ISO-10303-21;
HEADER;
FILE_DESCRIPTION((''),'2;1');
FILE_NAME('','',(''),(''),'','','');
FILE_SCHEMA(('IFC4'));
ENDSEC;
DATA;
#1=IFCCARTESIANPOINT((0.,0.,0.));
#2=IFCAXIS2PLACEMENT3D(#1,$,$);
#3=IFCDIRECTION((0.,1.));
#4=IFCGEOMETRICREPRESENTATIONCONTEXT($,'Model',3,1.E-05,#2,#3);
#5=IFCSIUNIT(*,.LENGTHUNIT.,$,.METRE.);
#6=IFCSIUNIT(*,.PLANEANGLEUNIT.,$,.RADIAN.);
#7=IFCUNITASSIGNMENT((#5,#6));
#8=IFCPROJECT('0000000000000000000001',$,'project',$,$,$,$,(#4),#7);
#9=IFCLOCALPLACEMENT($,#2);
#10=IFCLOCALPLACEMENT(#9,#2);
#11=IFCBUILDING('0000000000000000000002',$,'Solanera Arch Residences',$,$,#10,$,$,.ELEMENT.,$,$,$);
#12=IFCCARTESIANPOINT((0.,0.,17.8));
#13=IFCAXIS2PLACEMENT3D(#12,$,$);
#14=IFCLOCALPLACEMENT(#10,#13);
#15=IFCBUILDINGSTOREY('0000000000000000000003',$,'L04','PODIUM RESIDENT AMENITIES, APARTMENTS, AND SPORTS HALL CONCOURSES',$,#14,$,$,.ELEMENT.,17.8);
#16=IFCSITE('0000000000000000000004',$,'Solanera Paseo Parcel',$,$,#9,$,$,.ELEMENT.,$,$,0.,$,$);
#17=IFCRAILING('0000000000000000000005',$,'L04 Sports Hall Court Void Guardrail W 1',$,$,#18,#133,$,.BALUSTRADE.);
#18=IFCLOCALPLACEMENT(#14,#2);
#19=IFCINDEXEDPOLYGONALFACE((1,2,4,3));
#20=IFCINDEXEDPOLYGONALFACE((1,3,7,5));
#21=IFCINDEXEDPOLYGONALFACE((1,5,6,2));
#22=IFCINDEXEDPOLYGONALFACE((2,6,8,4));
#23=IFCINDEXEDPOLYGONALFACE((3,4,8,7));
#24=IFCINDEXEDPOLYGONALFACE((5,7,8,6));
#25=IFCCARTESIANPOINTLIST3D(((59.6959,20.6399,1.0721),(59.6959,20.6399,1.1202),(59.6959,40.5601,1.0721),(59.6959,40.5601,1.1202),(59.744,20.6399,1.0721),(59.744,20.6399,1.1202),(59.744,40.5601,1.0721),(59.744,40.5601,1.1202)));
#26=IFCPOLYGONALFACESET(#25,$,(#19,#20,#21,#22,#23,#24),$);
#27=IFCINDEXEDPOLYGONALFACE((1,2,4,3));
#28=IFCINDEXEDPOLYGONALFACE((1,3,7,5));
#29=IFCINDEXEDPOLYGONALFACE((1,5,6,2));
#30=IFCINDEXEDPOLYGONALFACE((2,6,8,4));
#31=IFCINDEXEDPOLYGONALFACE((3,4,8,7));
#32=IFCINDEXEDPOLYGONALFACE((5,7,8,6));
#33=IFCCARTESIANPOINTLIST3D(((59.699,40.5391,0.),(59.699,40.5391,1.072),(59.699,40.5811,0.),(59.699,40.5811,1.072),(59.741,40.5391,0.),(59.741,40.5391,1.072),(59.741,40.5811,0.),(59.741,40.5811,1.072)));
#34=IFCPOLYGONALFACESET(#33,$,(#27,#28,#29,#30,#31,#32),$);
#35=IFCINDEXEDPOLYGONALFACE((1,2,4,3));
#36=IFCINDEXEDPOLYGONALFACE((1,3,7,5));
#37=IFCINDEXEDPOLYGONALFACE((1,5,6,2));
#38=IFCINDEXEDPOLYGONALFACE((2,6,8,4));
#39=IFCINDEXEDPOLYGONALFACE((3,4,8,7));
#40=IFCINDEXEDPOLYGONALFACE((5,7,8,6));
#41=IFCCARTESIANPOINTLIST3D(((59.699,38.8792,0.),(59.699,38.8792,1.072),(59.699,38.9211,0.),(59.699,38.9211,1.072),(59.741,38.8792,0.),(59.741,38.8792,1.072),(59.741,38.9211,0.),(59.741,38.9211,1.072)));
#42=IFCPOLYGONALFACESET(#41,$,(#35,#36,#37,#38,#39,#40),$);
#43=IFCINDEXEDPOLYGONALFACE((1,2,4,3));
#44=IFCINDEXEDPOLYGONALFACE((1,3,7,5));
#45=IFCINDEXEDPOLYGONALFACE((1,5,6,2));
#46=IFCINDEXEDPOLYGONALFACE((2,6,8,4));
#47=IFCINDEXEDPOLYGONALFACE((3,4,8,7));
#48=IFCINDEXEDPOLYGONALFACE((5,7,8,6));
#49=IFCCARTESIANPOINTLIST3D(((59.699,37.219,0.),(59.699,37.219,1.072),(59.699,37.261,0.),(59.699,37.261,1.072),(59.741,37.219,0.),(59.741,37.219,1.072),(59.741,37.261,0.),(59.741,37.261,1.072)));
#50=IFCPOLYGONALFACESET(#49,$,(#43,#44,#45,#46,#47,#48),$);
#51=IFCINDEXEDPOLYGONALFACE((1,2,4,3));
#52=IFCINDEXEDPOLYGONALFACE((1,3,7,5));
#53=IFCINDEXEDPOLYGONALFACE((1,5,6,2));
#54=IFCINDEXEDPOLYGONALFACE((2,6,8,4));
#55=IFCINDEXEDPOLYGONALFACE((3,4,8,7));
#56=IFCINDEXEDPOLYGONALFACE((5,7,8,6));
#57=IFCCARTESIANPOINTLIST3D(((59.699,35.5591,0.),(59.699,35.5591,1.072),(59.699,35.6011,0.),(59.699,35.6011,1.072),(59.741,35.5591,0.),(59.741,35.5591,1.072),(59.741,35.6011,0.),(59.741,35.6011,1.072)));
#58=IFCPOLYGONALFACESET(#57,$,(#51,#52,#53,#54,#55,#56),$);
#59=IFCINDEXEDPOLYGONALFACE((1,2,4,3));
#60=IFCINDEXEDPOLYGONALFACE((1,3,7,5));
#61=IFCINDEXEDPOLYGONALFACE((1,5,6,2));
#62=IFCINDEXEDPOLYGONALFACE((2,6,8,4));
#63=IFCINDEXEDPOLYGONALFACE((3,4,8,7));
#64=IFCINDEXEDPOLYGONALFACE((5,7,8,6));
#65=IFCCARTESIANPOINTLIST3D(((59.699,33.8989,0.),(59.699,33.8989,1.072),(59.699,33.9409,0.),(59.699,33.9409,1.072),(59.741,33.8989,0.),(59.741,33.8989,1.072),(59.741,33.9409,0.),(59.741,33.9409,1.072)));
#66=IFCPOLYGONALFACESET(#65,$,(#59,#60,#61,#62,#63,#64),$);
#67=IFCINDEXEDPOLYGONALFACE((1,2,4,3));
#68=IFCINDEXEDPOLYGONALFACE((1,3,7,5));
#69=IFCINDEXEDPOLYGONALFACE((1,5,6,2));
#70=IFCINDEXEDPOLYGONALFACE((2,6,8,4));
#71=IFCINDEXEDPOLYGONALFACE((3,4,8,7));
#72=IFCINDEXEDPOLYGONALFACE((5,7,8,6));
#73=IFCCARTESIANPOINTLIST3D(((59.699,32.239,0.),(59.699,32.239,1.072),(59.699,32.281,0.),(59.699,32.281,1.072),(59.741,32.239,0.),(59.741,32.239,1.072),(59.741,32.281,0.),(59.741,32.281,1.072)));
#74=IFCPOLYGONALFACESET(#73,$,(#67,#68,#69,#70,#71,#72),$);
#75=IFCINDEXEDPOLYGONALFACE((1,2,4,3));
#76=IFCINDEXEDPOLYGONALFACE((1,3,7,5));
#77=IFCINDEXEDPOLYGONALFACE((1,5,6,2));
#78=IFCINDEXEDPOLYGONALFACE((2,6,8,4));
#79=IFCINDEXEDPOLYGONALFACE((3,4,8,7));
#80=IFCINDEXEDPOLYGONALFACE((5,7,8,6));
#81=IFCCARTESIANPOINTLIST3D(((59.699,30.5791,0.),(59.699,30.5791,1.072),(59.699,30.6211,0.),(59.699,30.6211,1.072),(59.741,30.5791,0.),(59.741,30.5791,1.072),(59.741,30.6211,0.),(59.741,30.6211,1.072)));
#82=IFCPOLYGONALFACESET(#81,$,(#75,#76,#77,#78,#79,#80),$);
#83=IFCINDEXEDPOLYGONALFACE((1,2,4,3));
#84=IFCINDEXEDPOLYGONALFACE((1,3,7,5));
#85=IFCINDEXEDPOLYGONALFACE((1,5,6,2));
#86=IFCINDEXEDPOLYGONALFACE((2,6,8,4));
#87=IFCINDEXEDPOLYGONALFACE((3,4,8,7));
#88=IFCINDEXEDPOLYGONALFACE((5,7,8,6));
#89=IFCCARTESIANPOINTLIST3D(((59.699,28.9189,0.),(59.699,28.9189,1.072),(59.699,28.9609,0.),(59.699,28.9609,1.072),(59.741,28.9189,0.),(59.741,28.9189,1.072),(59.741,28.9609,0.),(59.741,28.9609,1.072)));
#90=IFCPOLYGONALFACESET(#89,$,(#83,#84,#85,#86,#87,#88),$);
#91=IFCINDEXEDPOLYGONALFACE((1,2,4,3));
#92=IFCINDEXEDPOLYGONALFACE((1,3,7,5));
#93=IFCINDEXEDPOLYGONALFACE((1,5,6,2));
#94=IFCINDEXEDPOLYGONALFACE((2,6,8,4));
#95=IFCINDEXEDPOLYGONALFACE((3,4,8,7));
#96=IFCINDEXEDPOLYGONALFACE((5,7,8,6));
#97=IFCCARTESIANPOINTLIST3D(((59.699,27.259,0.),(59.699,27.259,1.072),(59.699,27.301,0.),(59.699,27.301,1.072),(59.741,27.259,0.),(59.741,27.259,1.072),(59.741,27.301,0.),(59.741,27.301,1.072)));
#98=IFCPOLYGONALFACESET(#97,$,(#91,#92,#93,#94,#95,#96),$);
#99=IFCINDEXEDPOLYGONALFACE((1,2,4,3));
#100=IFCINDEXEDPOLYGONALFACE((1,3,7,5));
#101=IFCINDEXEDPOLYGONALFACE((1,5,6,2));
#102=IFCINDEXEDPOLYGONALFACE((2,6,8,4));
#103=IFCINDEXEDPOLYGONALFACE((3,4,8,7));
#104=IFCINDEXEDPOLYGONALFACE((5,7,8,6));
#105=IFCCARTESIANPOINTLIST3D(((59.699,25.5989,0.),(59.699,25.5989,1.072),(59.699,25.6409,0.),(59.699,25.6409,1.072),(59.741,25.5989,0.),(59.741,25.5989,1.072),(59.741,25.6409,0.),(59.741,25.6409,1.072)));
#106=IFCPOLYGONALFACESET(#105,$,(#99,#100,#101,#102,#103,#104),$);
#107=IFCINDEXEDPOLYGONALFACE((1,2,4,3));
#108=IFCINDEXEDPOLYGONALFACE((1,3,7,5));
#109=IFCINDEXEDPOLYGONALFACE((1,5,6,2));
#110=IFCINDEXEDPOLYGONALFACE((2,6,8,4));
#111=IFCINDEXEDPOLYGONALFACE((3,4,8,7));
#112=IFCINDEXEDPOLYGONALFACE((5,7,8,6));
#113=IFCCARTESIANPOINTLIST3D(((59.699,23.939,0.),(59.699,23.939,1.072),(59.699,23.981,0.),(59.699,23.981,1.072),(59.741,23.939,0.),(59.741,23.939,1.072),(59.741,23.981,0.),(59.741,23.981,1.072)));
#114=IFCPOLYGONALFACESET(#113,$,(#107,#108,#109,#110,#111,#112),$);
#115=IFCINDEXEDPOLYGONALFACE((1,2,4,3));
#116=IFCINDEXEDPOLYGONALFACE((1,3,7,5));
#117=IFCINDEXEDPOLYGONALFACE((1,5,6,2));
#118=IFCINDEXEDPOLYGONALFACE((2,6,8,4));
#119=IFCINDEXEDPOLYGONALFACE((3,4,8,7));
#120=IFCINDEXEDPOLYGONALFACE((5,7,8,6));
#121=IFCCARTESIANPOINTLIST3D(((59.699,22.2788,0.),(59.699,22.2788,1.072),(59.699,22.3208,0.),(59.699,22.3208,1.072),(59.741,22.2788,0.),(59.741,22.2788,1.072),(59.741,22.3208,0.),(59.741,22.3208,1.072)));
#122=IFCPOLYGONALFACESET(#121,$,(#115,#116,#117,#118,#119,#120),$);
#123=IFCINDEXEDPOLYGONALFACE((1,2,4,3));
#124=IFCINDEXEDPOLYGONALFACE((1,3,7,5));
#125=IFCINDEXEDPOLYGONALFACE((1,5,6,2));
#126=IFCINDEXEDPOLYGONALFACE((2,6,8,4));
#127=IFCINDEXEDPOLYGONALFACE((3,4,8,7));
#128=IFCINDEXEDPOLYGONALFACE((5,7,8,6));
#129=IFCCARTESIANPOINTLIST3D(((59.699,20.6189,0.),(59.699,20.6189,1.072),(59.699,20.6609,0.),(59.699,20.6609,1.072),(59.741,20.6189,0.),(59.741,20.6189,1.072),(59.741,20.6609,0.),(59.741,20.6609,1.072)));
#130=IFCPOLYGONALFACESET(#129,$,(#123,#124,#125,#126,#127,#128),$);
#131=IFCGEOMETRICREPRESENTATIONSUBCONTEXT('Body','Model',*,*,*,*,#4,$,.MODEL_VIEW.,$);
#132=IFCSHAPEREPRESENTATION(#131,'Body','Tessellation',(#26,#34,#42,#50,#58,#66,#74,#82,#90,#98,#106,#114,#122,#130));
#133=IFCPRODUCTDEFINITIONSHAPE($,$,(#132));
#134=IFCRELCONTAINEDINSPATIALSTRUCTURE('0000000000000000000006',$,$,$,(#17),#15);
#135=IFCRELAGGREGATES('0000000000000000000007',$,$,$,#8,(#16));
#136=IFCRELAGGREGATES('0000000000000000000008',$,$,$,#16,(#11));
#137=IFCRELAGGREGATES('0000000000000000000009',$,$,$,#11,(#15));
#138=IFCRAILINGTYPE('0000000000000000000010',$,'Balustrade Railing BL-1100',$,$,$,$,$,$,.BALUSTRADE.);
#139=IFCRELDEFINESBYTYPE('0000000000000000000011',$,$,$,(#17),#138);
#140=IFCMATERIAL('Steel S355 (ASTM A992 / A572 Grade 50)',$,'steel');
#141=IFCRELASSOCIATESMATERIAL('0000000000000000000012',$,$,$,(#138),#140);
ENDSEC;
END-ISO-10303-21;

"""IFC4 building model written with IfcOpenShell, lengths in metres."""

from ifc_helpers import new_model, si_unit, direction, frame, origin, origin_2d, place, context, subcontext, project, spatial, rectangle, extrude, material, type_object, element, save


model = new_model("IFC4")

# Units and contexts
model_context = context("Model", 3, precision=1e-05, world=origin(), true_north=direction((0.0, 1.0)))
body_context = subcontext(model_context, "Body", "Model", "MODEL_VIEW")
ifc_project = project(units=[si_unit("LENGTHUNIT", "METRE"), si_unit("PLANEANGLEUNIT", "RADIAN")], contexts=[model_context])

# Site, building, storey
site_placement = place(None, origin())
site = spatial("IfcSite", under=ifc_project, at=site_placement, Name="Solanera Paseo Parcel", CompositionType="ELEMENT", RefElevation=0.0)
building_placement = place(site_placement, origin())
building = spatial("IfcBuilding", under=site, at=building_placement, Name="Solanera Arch Residences", CompositionType="ELEMENT")
storey_placement = place(building_placement, frame((0.0, 0.0, 17.8)))
storey = spatial("IfcBuildingStorey", under=building, at=storey_placement, Name="L04", Description="PODIUM RESIDENT AMENITIES, APARTMENTS, AND SPORTS HALL CONCOURSES", CompositionType="ELEMENT", Elevation=17.8)

# Railing
ifc_material_1 = material(Name="Steel S355 (ASTM A992 / A572 Grade 50)", Category="steel")
railing_type = type_object("IfcRailingType", Name="Balustrade Railing BL-1100", PredefinedType="BALUSTRADE", material=ifc_material_1)
railing_placement = place(storey_placement, frame((59.72, 40.5601, 0.0)))
element("IfcRailing", 1, at=railing_placement, inside=storey, type_object=railing_type, Name="L04 Sports Hall Court Void Guardrail W 1", PredefinedType="BALUSTRADE", context=body_context, shape_type="SweptSolid", body=[
    extrude(rectangle(XDim=0.0481, YDim=0.0481, at=origin_2d()), frame((0.0, 0.0, 1.0962), z_axis=(0.0, -1.0, 0.0), x_axis=(1.0, 0.0, 0.0)), (0.0, 0.0, 1.0), 19.9202),
    extrude(rectangle(XDim=0.042, YDim=0.042, at=origin_2d()), origin(), (0.0, 0.0, 1.0), 1.072),
    extrude(rectangle(XDim=0.042, YDim=0.042, at=origin_2d()), frame((0.0, -1.6599, 0.0)), (0.0, 0.0, 1.0), 1.072),
    extrude(rectangle(XDim=0.042, YDim=0.042, at=origin_2d()), frame((0.0, -3.3201, 0.0)), (0.0, 0.0, 1.0), 1.072),
    extrude(rectangle(XDim=0.042, YDim=0.042, at=origin_2d()), frame((0.0, -4.98, 0.0)), (0.0, 0.0, 1.0), 1.072),
    extrude(rectangle(XDim=0.042, YDim=0.042, at=origin_2d()), frame((0.0, -6.6401, 0.0)), (0.0, 0.0, 1.0), 1.072),
    extrude(rectangle(XDim=0.042, YDim=0.042, at=origin_2d()), frame((0.0, -8.3, 0.0)), (0.0, 0.0, 1.0), 1.072),
    extrude(rectangle(XDim=0.042, YDim=0.042, at=origin_2d()), frame((0.0, -9.96, 0.0)), (0.0, 0.0, 1.0), 1.072),
    extrude(rectangle(XDim=0.042, YDim=0.042, at=origin_2d()), frame((0.0, -11.6201, 0.0)), (0.0, 0.0, 1.0), 1.072),
    extrude(rectangle(XDim=0.042, YDim=0.042, at=origin_2d()), frame((0.0, -13.28, 0.0)), (0.0, 0.0, 1.0), 1.072),
    extrude(rectangle(XDim=0.042, YDim=0.042, at=origin_2d()), frame((0.0, -14.9402, 0.0)), (0.0, 0.0, 1.0), 1.072),
    extrude(rectangle(XDim=0.042, YDim=0.042, at=origin_2d()), frame((0.0, -16.6001, 0.0)), (0.0, 0.0, 1.0), 1.072),
    extrude(rectangle(XDim=0.042, YDim=0.042, at=origin_2d()), frame((0.0, -18.2603, 0.0)), (0.0, 0.0, 1.0), 1.072),
    extrude(rectangle(XDim=0.042, YDim=0.042, at=origin_2d()), frame((0.0, -19.9202, 0.0)), (0.0, 0.0, 1.0), 1.072),
])

save(model, "model.ifc")
